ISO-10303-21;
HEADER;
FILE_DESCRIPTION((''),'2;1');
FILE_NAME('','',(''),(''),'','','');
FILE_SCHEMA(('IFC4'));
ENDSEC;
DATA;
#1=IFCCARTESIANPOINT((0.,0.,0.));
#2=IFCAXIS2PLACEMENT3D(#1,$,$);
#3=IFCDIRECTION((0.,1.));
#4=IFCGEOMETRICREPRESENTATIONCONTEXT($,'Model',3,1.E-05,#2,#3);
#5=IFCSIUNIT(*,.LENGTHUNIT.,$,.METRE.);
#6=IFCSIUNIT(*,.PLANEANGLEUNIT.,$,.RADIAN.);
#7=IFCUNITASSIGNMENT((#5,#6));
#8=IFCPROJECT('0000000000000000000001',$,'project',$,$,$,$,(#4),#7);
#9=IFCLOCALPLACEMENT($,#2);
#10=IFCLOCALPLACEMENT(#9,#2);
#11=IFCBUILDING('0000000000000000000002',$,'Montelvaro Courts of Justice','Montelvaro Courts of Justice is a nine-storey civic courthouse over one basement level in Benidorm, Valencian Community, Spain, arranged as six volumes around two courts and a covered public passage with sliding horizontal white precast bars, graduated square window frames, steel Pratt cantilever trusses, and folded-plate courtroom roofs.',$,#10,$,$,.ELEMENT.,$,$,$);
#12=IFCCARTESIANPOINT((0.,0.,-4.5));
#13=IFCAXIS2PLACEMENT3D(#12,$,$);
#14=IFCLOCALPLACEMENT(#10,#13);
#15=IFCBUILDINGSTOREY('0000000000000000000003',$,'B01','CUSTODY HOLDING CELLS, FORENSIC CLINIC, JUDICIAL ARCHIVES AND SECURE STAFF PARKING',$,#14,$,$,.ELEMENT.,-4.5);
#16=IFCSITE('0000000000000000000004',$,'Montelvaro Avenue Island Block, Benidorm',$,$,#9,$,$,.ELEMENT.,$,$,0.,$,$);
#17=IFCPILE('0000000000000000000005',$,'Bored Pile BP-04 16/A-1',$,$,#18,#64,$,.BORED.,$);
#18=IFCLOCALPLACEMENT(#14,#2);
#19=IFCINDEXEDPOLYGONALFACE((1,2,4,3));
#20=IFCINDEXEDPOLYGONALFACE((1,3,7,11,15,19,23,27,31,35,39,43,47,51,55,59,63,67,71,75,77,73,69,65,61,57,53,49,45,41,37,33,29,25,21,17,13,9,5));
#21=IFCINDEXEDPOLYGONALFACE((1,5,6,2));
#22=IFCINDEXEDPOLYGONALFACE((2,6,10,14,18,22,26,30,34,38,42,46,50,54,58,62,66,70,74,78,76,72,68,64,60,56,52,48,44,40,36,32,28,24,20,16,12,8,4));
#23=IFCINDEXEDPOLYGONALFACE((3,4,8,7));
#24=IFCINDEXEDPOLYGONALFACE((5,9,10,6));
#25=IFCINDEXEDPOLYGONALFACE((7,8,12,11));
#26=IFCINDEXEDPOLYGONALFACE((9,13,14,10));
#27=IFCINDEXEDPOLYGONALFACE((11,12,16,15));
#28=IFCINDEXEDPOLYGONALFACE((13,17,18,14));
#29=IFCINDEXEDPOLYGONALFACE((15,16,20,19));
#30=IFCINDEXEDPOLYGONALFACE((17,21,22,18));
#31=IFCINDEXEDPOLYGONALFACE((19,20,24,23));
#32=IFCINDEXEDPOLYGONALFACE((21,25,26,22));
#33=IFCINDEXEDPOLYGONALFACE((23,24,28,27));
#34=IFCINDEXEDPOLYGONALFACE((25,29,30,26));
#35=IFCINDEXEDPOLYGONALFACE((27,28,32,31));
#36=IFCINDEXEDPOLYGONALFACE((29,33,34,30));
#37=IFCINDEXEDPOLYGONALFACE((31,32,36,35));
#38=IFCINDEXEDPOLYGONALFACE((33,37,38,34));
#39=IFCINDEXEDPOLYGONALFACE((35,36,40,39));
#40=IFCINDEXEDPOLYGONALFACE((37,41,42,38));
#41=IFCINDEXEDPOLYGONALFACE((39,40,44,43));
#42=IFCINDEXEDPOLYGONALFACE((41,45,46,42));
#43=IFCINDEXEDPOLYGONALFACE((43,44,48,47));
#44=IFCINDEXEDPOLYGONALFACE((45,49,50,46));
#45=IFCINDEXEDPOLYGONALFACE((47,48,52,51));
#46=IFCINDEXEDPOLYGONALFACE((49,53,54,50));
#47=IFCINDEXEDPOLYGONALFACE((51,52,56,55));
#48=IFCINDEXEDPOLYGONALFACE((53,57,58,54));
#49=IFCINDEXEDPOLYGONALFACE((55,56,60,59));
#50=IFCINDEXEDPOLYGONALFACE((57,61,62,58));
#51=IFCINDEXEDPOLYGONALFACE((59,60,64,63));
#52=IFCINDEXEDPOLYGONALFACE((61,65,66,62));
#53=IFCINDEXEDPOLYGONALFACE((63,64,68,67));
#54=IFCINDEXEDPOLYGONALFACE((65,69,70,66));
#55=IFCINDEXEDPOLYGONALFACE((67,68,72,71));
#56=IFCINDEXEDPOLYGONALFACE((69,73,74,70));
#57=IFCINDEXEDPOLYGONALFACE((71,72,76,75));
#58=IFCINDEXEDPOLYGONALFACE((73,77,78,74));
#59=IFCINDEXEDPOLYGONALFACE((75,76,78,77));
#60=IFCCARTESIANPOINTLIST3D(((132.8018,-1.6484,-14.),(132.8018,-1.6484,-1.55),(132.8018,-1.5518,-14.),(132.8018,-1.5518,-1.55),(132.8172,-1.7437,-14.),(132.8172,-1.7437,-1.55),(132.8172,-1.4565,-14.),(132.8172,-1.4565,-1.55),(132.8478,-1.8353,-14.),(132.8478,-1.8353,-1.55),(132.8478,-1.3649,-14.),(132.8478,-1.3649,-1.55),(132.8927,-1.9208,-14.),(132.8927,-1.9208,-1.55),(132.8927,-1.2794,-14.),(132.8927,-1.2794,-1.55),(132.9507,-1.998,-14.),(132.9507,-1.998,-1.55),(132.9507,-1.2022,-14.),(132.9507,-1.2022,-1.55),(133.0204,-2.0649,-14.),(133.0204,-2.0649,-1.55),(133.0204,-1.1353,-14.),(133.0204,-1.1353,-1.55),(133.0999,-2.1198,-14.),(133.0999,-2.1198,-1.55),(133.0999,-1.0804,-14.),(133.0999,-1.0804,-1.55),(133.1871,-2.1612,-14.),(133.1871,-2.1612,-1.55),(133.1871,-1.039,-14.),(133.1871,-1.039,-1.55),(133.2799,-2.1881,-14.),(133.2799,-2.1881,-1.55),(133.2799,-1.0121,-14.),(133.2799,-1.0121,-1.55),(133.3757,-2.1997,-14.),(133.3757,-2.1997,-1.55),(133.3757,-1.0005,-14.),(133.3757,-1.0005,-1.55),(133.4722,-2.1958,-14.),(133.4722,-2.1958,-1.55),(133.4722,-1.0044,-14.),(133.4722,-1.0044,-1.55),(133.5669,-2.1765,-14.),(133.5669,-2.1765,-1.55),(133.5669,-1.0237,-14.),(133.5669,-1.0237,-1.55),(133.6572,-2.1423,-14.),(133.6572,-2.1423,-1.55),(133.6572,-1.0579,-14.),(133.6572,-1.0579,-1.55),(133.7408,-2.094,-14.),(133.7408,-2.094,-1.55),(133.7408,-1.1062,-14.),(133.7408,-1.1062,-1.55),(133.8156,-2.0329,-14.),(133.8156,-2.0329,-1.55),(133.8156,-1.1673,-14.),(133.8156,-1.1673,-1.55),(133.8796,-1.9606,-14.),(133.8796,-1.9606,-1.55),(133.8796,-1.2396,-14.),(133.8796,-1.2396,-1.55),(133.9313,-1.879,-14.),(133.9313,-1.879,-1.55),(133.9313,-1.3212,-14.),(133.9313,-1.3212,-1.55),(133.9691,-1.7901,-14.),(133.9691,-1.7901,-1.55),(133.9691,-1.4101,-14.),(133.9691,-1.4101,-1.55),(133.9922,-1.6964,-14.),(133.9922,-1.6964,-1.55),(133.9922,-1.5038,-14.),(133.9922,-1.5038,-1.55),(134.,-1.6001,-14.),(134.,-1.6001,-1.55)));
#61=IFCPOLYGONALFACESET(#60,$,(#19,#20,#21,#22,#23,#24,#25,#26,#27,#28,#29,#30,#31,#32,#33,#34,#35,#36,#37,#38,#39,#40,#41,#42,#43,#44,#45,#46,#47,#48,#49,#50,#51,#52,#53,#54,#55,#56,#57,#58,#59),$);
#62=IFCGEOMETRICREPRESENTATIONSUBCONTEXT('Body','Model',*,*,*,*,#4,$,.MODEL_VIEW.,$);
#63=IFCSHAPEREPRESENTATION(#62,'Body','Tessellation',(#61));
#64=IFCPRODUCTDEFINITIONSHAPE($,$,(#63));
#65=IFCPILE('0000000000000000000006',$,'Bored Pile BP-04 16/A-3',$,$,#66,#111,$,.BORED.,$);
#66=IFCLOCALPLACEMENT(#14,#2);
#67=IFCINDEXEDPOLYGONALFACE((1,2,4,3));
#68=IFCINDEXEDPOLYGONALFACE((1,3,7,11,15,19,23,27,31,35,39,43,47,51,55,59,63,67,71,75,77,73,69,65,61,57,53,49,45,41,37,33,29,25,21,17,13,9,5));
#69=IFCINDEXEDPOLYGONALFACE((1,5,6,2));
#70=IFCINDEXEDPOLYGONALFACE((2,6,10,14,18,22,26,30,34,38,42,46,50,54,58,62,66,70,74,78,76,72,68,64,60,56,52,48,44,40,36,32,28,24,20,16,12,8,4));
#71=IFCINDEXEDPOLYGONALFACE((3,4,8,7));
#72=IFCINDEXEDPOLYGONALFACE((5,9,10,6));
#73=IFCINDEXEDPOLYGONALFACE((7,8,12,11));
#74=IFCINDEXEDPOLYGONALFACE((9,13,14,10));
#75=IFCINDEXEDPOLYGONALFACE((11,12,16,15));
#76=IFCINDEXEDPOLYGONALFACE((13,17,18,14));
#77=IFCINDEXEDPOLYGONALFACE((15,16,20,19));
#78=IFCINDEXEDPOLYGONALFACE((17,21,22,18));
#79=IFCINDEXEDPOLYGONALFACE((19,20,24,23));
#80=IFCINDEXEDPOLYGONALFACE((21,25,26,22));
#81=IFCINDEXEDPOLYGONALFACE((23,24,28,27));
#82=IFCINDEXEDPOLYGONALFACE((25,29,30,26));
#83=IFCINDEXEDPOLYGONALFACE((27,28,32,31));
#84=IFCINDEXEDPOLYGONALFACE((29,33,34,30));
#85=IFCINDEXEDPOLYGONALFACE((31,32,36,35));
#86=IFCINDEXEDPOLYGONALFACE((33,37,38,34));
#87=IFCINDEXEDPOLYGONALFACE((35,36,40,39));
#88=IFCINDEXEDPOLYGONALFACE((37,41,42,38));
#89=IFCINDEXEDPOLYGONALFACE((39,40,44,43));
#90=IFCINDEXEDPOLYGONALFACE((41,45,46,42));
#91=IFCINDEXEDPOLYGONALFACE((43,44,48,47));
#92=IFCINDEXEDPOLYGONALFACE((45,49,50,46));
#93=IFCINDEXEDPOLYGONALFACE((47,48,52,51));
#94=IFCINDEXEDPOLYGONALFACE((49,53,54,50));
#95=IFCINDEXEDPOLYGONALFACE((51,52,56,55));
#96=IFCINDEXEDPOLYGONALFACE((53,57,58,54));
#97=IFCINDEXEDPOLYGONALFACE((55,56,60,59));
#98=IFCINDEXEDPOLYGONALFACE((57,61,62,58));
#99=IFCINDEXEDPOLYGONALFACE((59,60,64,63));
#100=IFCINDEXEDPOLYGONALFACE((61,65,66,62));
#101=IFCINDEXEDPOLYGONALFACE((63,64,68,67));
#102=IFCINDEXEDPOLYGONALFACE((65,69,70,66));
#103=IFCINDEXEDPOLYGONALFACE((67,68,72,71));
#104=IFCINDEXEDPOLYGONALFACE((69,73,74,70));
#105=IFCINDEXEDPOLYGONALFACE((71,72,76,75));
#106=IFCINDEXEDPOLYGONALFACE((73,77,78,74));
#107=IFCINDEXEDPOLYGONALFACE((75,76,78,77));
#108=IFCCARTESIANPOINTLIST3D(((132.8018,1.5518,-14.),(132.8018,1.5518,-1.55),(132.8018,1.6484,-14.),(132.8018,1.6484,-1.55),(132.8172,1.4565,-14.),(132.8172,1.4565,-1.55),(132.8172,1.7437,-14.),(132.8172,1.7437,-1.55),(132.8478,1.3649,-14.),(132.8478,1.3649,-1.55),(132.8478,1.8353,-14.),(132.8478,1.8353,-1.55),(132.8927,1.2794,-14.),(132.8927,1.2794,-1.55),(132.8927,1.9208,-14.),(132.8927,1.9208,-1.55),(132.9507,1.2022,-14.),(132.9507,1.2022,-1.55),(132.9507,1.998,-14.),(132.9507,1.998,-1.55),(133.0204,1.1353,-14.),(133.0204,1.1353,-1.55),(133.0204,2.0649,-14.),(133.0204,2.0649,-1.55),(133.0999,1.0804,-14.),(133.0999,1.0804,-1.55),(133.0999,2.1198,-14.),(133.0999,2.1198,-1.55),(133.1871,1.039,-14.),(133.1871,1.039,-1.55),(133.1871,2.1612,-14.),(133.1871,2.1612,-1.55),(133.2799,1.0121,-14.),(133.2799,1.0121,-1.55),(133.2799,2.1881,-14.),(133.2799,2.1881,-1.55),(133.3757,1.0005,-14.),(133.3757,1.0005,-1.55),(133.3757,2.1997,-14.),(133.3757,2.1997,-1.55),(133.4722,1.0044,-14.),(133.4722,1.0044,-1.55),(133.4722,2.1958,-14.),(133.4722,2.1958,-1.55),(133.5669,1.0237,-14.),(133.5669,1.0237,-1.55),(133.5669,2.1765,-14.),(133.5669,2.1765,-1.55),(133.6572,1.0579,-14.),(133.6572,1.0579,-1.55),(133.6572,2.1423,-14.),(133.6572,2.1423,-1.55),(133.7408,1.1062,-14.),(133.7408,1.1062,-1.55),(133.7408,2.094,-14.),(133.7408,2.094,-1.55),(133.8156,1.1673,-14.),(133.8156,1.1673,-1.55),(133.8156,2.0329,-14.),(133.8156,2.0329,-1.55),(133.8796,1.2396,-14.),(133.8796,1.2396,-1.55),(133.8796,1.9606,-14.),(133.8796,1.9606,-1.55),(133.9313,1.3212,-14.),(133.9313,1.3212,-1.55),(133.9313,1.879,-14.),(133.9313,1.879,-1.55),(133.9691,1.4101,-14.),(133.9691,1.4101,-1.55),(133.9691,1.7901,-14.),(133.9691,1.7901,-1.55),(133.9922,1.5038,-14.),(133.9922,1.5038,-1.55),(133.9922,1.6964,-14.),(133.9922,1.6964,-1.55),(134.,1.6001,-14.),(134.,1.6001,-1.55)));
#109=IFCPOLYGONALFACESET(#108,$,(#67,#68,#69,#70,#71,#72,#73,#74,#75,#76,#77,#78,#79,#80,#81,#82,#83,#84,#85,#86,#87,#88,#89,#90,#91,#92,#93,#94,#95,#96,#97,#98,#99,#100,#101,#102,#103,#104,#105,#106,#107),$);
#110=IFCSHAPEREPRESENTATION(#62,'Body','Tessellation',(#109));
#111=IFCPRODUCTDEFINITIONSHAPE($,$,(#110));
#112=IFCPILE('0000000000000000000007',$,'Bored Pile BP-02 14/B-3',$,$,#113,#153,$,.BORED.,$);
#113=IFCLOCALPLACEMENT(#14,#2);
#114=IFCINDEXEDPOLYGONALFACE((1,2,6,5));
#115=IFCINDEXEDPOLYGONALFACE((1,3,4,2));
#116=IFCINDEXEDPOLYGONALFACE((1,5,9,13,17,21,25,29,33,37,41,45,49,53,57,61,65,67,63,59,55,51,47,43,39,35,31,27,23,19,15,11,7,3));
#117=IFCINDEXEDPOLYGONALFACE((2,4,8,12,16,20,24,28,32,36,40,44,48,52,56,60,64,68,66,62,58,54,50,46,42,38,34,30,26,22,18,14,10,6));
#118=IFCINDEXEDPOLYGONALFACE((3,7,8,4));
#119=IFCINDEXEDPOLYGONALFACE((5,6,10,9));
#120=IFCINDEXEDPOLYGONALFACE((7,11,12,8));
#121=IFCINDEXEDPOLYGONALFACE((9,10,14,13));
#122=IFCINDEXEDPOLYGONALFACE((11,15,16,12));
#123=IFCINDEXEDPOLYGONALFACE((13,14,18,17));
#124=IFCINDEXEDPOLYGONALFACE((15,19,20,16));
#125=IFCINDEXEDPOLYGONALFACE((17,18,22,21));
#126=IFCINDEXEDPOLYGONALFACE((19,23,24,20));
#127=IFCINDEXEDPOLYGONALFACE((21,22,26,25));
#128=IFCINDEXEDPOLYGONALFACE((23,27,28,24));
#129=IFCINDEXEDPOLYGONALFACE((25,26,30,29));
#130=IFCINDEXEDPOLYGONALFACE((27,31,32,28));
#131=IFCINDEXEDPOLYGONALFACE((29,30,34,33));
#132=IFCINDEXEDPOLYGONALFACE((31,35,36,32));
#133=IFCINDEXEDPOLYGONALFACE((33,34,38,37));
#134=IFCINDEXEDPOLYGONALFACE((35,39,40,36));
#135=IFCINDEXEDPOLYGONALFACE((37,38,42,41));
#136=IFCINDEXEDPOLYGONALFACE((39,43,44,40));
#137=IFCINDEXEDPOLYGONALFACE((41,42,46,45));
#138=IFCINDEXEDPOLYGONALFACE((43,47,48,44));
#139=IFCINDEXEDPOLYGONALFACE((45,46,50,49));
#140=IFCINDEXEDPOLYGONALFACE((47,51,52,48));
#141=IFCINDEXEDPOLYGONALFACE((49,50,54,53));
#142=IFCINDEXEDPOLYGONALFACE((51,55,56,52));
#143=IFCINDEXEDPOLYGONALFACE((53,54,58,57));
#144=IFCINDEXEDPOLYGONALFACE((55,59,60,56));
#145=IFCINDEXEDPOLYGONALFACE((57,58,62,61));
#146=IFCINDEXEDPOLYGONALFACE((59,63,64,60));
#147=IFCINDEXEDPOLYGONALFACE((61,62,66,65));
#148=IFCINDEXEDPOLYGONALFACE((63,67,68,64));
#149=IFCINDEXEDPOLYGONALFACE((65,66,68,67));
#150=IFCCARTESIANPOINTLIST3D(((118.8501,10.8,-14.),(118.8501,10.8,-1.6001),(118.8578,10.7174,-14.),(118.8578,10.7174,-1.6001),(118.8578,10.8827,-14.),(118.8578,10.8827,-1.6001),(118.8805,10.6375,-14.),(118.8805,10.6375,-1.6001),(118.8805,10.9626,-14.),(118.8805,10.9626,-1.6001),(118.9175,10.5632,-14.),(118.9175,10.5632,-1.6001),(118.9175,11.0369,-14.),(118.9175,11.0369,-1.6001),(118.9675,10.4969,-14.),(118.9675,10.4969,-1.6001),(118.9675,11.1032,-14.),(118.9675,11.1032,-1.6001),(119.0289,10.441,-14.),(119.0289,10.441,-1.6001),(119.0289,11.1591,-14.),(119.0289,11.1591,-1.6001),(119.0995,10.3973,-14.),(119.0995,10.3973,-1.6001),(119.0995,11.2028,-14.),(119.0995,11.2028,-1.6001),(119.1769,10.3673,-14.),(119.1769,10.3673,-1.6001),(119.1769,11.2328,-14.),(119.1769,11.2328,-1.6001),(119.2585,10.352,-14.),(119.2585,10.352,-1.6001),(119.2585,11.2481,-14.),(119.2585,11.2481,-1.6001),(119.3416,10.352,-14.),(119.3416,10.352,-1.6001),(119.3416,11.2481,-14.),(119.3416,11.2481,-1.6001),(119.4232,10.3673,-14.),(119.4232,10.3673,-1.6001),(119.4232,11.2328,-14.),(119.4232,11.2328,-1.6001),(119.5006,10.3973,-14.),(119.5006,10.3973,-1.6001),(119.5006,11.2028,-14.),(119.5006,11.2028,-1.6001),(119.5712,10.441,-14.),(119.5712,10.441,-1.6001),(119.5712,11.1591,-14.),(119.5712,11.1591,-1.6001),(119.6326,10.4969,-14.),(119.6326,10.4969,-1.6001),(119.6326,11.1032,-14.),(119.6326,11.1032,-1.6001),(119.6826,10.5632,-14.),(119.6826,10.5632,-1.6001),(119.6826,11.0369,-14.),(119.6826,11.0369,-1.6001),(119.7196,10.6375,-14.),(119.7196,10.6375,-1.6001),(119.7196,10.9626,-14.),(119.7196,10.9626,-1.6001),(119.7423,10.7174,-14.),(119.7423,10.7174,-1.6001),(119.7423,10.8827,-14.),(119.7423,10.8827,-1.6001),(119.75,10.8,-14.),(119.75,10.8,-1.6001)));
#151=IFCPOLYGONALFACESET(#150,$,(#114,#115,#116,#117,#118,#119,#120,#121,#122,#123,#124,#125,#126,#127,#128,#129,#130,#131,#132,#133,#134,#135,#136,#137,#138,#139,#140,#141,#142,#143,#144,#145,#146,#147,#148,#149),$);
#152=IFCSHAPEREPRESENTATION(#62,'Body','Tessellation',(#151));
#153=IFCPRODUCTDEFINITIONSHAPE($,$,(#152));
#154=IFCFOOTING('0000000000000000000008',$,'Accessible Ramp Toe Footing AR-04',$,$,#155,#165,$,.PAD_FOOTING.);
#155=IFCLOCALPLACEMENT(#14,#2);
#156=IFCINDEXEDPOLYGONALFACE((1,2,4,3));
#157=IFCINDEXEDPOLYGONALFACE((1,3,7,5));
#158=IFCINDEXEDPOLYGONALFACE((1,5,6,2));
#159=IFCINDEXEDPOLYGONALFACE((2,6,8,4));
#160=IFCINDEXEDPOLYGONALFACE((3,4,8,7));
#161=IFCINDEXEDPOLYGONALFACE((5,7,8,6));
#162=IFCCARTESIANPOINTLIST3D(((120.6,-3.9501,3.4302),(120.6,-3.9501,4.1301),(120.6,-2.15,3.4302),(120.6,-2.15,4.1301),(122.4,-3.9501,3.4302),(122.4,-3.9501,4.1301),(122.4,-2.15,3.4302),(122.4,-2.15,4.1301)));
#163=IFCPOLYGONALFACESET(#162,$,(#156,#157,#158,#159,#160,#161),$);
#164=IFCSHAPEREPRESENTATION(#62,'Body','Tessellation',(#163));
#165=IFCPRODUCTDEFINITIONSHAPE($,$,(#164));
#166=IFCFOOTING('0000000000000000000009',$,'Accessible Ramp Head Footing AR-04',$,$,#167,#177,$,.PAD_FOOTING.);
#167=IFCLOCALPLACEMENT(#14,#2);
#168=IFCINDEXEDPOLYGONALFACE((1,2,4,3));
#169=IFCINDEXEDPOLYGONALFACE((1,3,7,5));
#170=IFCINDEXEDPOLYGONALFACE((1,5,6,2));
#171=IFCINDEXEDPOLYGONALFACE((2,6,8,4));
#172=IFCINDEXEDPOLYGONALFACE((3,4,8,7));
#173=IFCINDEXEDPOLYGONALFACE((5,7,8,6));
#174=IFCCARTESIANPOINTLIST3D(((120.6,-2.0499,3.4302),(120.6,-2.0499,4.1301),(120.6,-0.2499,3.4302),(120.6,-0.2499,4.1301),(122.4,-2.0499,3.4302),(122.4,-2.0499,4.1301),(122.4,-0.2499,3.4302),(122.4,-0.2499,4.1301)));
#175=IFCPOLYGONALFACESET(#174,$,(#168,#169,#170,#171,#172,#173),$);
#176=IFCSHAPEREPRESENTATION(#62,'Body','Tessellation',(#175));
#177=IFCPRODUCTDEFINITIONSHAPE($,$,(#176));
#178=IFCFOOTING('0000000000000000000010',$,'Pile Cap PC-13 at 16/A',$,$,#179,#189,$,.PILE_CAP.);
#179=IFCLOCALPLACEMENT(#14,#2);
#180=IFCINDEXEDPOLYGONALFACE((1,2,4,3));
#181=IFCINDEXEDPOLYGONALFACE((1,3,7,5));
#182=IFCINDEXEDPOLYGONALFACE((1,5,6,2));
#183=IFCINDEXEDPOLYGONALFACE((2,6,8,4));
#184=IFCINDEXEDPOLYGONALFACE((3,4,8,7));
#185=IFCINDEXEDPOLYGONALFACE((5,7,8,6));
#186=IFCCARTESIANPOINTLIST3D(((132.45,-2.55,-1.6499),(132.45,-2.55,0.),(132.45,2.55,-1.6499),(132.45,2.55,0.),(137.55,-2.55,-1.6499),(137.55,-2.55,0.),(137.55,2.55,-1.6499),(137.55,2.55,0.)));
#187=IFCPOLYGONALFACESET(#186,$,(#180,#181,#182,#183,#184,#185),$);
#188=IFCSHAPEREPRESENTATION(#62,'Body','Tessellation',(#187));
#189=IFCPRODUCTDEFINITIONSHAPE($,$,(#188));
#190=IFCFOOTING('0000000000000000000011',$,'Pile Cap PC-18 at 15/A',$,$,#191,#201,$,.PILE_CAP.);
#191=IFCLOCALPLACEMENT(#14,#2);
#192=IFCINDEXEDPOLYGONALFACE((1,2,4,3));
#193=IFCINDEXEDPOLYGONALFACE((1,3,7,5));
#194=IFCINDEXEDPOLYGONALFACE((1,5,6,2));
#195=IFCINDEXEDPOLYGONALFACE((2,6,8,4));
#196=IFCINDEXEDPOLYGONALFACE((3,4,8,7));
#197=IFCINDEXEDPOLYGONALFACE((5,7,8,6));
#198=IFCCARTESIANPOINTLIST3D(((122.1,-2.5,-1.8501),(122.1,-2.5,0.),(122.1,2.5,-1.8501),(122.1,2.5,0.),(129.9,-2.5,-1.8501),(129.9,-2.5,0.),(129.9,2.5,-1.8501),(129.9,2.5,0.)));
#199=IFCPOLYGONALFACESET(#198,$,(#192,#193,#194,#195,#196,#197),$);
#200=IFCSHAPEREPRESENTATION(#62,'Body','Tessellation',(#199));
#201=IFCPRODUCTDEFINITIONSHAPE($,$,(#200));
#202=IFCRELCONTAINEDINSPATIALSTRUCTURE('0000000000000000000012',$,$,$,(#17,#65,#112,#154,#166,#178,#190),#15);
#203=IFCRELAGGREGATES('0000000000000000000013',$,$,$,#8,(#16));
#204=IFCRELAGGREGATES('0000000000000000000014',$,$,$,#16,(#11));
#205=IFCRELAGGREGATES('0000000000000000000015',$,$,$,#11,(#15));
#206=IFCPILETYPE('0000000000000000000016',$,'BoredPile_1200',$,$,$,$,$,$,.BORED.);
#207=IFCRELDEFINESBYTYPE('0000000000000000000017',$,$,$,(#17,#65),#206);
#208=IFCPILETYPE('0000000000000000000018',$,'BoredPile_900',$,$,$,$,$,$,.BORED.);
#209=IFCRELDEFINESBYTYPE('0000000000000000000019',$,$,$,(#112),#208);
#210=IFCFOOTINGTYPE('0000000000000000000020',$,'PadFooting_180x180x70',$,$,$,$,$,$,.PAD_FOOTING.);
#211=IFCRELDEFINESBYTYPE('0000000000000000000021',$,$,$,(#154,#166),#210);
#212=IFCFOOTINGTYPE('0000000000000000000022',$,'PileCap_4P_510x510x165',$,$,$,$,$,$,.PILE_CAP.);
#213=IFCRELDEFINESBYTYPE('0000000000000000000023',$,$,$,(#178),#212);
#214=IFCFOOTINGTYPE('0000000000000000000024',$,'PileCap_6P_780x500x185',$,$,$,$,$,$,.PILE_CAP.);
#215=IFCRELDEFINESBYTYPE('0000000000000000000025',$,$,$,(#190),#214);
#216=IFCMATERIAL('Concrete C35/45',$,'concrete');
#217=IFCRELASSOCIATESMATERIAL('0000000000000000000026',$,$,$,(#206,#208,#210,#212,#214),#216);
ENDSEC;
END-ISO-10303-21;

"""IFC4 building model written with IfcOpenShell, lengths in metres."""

from ifc_helpers import new_model, si_unit, direction, frame, origin, origin_2d, place, context, subcontext, project, spatial, rectangle, circle, extrude, material, material_profile, profile_set, type_object, element, save


model = new_model("IFC4")

# Units and contexts
model_context = context("Model", 3, precision=1e-05, world=origin(), true_north=direction((0.0, 1.0)))
body_context = subcontext(model_context, "Body", "Model", "MODEL_VIEW")
ifc_project = project(units=[si_unit("LENGTHUNIT", "METRE"), si_unit("PLANEANGLEUNIT", "RADIAN")], contexts=[model_context])

# Site, building, storey
site_placement = place(None, origin())
site = spatial("IfcSite", under=ifc_project, at=site_placement, Name="Montelvaro Avenue Island Block, Benidorm", CompositionType="ELEMENT", RefElevation=0.0)
building_placement = place(site_placement, origin())
building = spatial("IfcBuilding", under=site, at=building_placement, Name="Montelvaro Courts of Justice", Description="Montelvaro Courts of Justice is a nine-storey civic courthouse over one basement level in Benidorm, Valencian Community, Spain, arranged as six volumes around two courts and a covered public passage with sliding horizontal white precast bars, graduated square window frames, steel Pratt cantilever trusses, and folded-plate courtroom roofs.", CompositionType="ELEMENT")
storey_placement = place(building_placement, frame((0.0, 0.0, -4.5)))
storey = spatial("IfcBuildingStorey", under=building, at=storey_placement, Name="B01", Description="CUSTODY HOLDING CELLS, FORENSIC CLINIC, JUDICIAL ARCHIVES AND SECURE STAFF PARKING", CompositionType="ELEMENT", Elevation=-4.5)

# Piles
ifc_material_1 = material(Name="Concrete C35/45", Category="concrete")
ifc_material_profile_1 = material_profile(ifc_material_1, circle(Radius=0.6001, at=origin_2d()), Name="BORED PILE D1200")
ifc_profile_set_1 = profile_set([ifc_material_profile_1], Name="Concrete C35/45")
pile_type_1 = type_object("IfcPileType", Name="BoredPile_1200", PredefinedType="BORED", material=ifc_profile_set_1)
for number, where, z_axis, x_axis, name in (
    (1, (133.3999, -1.6001, -1.55), (0.0, 0.0, -1.0), (1.0, 0.0, 0.0), "Bored Pile BP-04 16/A-1"),
    (2, (133.3999, 1.6001, -1.55), (0.0, 0.0, -1.0), (1.0, 0.0, 0.0), "Bored Pile BP-04 16/A-3"),
):
    element("IfcPile", number, at=place(storey_placement, frame(where, z_axis=z_axis, x_axis=x_axis)), inside=storey, type_object=pile_type_1, Name=name, PredefinedType="BORED", context=body_context, shape_type="SweptSolid", body=[
        extrude(circle(Radius=0.6001, at=origin_2d()), origin(), (0.0, 0.0, 1.0), 12.45),
    ])
ifc_material_profile_2 = material_profile(ifc_material_1, circle(Radius=0.45, at=origin_2d()), Name="BORED PILE D900")
ifc_profile_set_2 = profile_set([ifc_material_profile_2], Name="Concrete C35/45")
pile_type_2 = type_object("IfcPileType", Name="BoredPile_900", PredefinedType="BORED", material=ifc_profile_set_2)
pile_1_placement = place(storey_placement, frame((119.3, 10.8, -1.6001), z_axis=(0.0, 0.0, -1.0), x_axis=(1.0, 0.0, 0.0)))
element("IfcPile", 3, at=pile_1_placement, inside=storey, type_object=pile_type_2, Name="Bored Pile BP-02 14/B-3", PredefinedType="BORED", context=body_context, shape_type="SweptSolid", body=[
    extrude(circle(Radius=0.45, at=origin_2d()), origin(), (0.0, 0.0, 1.0), 12.3999),
])

# Footings
footing_type_1 = type_object("IfcFootingType", Name="PadFooting_180x180x70", PredefinedType="PAD_FOOTING", material=ifc_material_1)
for number, where, z_axis, x_axis, name in (
    (4, (121.5, -3.05, 3.4302), (0.0, 0.0, 1.0), (1.0, 0.0, 0.0), "Accessible Ramp Toe Footing AR-04"),
    (5, (121.5, -1.1499, 3.4302), (0.0, 0.0, 1.0), (1.0, 0.0, 0.0), "Accessible Ramp Head Footing AR-04"),
):
    element("IfcFooting", number, at=place(storey_placement, frame(where, z_axis=z_axis, x_axis=x_axis)), inside=storey, type_object=footing_type_1, Name=name, PredefinedType="PAD_FOOTING", context=body_context, shape_type="SweptSolid", body=[
        extrude(rectangle(XDim=1.8, YDim=1.8, at=origin_2d()), origin(), (0.0, 0.0, 1.0), 0.7),
    ])
footing_type_2 = type_object("IfcFootingType", Name="PileCap_4P_510x510x165", PredefinedType="PILE_CAP", material=ifc_material_1)
footing_1_placement = place(storey_placement, frame((135.0, 0.0, -1.6499), z_axis=(0.0, 0.0, 1.0), x_axis=(1.0, 0.0, 0.0)))
element("IfcFooting", 6, at=footing_1_placement, inside=storey, type_object=footing_type_2, Name="Pile Cap PC-13 at 16/A", PredefinedType="PILE_CAP", context=body_context, shape_type="SweptSolid", body=[
    extrude(rectangle(XDim=5.1001, YDim=5.1001, at=origin_2d()), origin(), (0.0, 0.0, 1.0), 1.6499),
])
footing_type_3 = type_object("IfcFootingType", Name="PileCap_6P_780x500x185", PredefinedType="PILE_CAP", material=ifc_material_1)
footing_2_placement = place(storey_placement, frame((126.0, 0.0, -1.8501), z_axis=(0.0, 0.0, 1.0), x_axis=(1.0, 0.0, 0.0)))
element("IfcFooting", 7, at=footing_2_placement, inside=storey, type_object=footing_type_3, Name="Pile Cap PC-18 at 15/A", PredefinedType="PILE_CAP", context=body_context, shape_type="SweptSolid", body=[
    extrude(rectangle(XDim=7.8, YDim=5.0, at=origin_2d()), origin(), (0.0, 0.0, 1.0), 1.8501),
])

save(model, "model.ifc")
